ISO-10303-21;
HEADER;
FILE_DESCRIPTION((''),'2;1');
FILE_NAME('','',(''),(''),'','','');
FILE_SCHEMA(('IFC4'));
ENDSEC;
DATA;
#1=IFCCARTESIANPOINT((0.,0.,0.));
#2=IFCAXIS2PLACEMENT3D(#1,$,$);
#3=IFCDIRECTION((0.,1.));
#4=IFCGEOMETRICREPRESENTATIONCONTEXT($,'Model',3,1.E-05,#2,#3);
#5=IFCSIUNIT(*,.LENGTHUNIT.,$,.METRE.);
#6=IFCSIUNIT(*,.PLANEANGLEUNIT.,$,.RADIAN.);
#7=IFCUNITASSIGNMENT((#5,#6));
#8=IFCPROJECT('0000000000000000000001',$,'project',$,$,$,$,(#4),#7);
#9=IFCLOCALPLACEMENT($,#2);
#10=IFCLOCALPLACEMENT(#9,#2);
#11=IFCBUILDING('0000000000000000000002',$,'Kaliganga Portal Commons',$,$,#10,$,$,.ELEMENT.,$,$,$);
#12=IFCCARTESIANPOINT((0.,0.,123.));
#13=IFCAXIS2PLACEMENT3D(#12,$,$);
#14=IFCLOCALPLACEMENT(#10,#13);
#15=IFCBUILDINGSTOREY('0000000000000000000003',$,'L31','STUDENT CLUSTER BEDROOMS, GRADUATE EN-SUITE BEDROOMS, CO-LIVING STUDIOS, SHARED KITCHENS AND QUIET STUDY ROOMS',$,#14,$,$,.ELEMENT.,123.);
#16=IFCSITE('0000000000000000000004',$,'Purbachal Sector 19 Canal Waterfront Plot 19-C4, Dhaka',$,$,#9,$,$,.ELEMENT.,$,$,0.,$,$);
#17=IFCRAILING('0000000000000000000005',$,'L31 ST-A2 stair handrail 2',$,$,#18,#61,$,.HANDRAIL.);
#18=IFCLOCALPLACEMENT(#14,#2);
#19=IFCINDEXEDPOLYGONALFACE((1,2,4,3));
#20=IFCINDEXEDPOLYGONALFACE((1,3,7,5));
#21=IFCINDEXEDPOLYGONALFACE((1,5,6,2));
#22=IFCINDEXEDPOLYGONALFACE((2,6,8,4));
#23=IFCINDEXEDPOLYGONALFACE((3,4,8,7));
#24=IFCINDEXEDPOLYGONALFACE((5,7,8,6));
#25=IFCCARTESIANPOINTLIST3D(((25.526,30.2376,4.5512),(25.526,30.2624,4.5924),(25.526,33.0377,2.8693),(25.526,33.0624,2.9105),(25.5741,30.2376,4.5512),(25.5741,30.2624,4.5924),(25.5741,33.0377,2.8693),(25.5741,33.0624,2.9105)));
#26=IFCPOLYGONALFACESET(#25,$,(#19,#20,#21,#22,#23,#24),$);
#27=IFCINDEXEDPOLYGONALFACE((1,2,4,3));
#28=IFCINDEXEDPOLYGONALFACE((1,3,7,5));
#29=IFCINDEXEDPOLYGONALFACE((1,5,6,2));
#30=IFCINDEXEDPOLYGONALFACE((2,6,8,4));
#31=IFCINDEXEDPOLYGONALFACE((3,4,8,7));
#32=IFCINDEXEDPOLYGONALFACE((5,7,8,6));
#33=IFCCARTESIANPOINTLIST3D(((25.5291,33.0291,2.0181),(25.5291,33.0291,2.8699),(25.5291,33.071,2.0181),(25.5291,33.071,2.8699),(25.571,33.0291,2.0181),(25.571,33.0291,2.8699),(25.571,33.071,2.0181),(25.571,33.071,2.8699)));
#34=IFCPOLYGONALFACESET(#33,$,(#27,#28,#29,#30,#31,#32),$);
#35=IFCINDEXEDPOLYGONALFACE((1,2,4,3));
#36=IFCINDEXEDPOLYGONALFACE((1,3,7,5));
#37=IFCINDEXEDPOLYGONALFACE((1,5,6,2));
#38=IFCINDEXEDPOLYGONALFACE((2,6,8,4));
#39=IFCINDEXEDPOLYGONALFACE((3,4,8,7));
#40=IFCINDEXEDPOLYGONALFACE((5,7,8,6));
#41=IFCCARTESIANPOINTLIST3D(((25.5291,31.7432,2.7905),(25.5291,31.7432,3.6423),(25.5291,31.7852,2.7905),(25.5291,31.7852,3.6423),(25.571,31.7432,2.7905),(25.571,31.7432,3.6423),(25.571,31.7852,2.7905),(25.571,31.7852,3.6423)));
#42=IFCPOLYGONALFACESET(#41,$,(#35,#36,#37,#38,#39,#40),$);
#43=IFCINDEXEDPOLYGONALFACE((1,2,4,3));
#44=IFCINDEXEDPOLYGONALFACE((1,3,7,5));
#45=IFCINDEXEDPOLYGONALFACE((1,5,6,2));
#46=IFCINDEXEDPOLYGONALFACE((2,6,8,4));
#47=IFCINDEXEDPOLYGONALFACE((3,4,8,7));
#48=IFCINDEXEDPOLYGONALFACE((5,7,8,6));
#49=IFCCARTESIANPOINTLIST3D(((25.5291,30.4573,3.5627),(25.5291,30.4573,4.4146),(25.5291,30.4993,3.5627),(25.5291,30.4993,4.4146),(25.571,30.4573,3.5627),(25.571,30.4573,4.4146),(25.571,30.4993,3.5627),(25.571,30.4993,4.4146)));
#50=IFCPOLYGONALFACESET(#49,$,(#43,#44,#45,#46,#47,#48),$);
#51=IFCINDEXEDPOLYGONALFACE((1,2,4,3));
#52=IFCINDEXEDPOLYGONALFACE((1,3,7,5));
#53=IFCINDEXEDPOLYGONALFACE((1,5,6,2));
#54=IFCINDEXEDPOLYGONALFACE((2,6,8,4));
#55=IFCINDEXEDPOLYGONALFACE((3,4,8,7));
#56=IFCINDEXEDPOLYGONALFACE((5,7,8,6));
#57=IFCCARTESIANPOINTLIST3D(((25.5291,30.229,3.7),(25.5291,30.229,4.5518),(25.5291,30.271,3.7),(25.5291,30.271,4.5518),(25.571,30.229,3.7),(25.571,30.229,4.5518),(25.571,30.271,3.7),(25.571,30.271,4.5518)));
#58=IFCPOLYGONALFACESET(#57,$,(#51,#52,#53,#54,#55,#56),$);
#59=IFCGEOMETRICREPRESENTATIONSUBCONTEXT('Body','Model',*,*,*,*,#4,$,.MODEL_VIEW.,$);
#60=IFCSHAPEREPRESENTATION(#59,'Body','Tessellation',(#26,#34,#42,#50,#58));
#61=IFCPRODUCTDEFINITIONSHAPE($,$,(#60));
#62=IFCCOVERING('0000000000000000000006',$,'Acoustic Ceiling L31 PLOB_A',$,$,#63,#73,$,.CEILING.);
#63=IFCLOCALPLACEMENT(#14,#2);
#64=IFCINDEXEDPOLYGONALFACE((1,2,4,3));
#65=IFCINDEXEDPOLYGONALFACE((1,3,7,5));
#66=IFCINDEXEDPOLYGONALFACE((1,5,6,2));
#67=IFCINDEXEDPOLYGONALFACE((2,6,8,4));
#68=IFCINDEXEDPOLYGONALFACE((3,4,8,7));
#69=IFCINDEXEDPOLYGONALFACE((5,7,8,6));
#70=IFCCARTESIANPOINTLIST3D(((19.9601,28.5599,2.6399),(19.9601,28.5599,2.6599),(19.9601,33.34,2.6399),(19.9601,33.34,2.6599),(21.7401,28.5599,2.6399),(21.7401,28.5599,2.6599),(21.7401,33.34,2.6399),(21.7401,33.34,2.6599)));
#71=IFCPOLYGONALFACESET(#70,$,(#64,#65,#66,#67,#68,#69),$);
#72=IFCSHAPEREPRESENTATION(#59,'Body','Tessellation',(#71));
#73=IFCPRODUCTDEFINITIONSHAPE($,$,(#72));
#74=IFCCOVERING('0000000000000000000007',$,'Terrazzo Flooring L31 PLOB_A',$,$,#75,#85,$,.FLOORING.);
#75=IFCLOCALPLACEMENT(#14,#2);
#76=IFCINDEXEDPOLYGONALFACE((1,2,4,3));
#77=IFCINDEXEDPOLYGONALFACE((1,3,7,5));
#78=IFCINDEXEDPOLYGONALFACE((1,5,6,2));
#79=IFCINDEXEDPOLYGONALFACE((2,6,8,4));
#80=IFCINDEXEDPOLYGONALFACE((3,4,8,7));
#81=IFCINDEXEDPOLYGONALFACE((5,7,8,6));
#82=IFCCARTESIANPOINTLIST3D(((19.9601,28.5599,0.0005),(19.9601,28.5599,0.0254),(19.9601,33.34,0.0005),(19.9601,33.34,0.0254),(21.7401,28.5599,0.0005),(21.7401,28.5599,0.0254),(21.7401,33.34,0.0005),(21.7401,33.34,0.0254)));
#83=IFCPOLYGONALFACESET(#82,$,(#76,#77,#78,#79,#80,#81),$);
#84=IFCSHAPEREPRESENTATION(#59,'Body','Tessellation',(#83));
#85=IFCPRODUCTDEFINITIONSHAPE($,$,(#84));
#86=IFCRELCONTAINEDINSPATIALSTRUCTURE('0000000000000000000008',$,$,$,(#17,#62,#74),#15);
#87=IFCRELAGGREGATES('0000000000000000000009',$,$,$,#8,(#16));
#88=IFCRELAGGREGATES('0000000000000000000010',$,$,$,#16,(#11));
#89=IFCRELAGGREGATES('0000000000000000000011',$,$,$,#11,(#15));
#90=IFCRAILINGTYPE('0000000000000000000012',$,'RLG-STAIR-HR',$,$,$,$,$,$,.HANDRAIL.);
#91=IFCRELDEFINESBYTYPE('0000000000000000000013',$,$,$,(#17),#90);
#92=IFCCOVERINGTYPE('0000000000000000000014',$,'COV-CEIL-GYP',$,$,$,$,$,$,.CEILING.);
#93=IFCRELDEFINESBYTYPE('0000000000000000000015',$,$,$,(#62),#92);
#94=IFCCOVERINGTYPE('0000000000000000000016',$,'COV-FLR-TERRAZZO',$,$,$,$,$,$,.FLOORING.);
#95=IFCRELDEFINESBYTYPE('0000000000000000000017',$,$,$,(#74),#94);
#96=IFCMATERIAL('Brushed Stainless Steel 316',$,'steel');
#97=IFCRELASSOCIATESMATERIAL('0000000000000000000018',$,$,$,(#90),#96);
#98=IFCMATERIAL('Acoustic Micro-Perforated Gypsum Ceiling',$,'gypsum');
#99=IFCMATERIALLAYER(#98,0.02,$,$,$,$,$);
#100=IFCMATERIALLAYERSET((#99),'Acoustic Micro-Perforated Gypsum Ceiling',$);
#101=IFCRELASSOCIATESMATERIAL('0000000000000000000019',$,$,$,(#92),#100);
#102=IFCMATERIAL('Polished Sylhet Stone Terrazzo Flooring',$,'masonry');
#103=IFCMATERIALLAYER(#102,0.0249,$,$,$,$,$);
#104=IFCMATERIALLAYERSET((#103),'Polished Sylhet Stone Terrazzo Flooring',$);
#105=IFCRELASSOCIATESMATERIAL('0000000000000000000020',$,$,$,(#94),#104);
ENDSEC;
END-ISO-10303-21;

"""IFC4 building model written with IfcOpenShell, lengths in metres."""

from ifc_helpers import new_model, si_unit, direction, frame, origin, origin_2d, place, context, subcontext, project, spatial, rectangle, extrude, source, transform, mapped, material, layer, layer_set, type_object, element, save


model = new_model("IFC4")

# Units and contexts
model_context = context("Model", 3, precision=1e-05, world=origin(), true_north=direction((0.0, 1.0)))
body_context = subcontext(model_context, "Body", "Model", "MODEL_VIEW")
ifc_project = project(units=[si_unit("LENGTHUNIT", "METRE"), si_unit("PLANEANGLEUNIT", "RADIAN")], contexts=[model_context])

# Site, building, storey
site_placement = place(None, origin())
site = spatial("IfcSite", under=ifc_project, at=site_placement, Name="Purbachal Sector 19 Canal Waterfront Plot 19-C4, Dhaka", CompositionType="ELEMENT", RefElevation=0.0)
building_placement = place(site_placement, origin())
building = spatial("IfcBuilding", under=site, at=building_placement, Name="Kaliganga Portal Commons", CompositionType="ELEMENT")
storey_placement = place(building_placement, frame((0.0, 0.0, 123.0)))
storey = spatial("IfcBuildingStorey", under=building, at=storey_placement, Name="L31", Description="STUDENT CLUSTER BEDROOMS, GRADUATE EN-SUITE BEDROOMS, CO-LIVING STUDIOS, SHARED KITCHENS AND QUIET STUDY ROOMS", CompositionType="ELEMENT", Elevation=123.0)

# Railing
ifc_material_1 = material(Name="Brushed Stainless Steel 316", Category="steel")
railing_type_1 = type_object("IfcRailingType", Name="RLG-STAIR-HR", PredefinedType="HANDRAIL", material=ifc_material_1)
railing_1_placement = place(storey_placement, frame((25.55, 33.05, 2.0181)))
element("IfcRailing", 1, at=railing_1_placement, inside=storey, type_object=railing_type_1, Name="L31 ST-A2 stair handrail 2", PredefinedType="HANDRAIL", context=body_context, shape_type="SweptSolid", body=[
    extrude(rectangle(XDim=0.0481, YDim=0.0481, at=origin_2d()), frame((0.0, 0.0, 0.8718), z_axis=(0.0, -0.857242, 0.514913), x_axis=(1.0, 0.0, 0.0)), (0.0, 0.0, 1.0), 3.2664),
    extrude(rectangle(XDim=0.042, YDim=0.042, at=origin_2d()), origin(), (0.0, 0.0, 1.0), 0.8518),
    extrude(rectangle(XDim=0.042, YDim=0.042, at=origin_2d()), frame((0.0, -1.2859, 0.7725)), (0.0, 0.0, 1.0), 0.8518),
    extrude(rectangle(XDim=0.042, YDim=0.042, at=origin_2d()), frame((0.0, -2.5718, 1.5447)), (0.0, 0.0, 1.0), 0.8518),
    extrude(rectangle(XDim=0.042, YDim=0.042, at=origin_2d()), frame((0.0, -2.8, 1.6819)), (0.0, 0.0, 1.0), 0.8518),
])

# Coverings
ifc_material_2 = material(Name="Acoustic Micro-Perforated Gypsum Ceiling", Category="gypsum")
ifc_layer_1 = layer(ifc_material_2, 0.02)
ifc_layer_set_1 = layer_set([ifc_layer_1], Name="Acoustic Micro-Perforated Gypsum Ceiling")
covering_type_1 = type_object("IfcCoveringType", Name="COV-CEIL-GYP", PredefinedType="CEILING", material=ifc_layer_set_1)
shared_shape_1 = source(origin(), body_context, "Body", "SweptSolid", [
    extrude(rectangle(XDim=1.78, YDim=4.78, at=origin_2d()), origin(), (0.0, 0.0, 1.0), 0.02),
])
covering_1_placement = place(storey_placement, frame((20.8501, 30.95, 2.6399), z_axis=(0.0, 0.0, 1.0), x_axis=(1.0, 0.0, 0.0)))
element("IfcCovering", 2, at=covering_1_placement, inside=storey, type_object=covering_type_1, Name="Acoustic Ceiling L31 PLOB_A", PredefinedType="CEILING", context=body_context, shape_type="MappedRepresentation", body=[
    mapped(shared_shape_1, transform((0.0, 0.0, 0.0), x_axis=(1.0, 0.0, 0.0), y_axis=(0.0, 1.0, 0.0), z_axis=(0.0, 0.0, 1.0), scale=1.0)),
])
ifc_material_3 = material(Name="Polished Sylhet Stone Terrazzo Flooring", Category="masonry")
ifc_layer_2 = layer(ifc_material_3, 0.0249)
ifc_layer_set_2 = layer_set([ifc_layer_2], Name="Polished Sylhet Stone Terrazzo Flooring")
covering_type_2 = type_object("IfcCoveringType", Name="COV-FLR-TERRAZZO", PredefinedType="FLOORING", material=ifc_layer_set_2)
shared_shape_2 = source(origin(), body_context, "Body", "SweptSolid", [
    extrude(rectangle(XDim=1.78, YDim=4.78, at=origin_2d()), origin(), (0.0, 0.0, 1.0), 0.0249),
])
covering_2_placement = place(storey_placement, frame((20.8501, 30.95, 0.0005), z_axis=(0.0, 0.0, 1.0), x_axis=(1.0, 0.0, 0.0)))
element("IfcCovering", 3, at=covering_2_placement, inside=storey, type_object=covering_type_2, Name="Terrazzo Flooring L31 PLOB_A", PredefinedType="FLOORING", context=body_context, shape_type="MappedRepresentation", body=[
    mapped(shared_shape_2, transform((0.0, 0.0, 0.0), x_axis=(1.0, 0.0, 0.0), y_axis=(0.0, 1.0, 0.0), z_axis=(0.0, 0.0, 1.0), scale=1.0)),
])

save(model, "model.ifc")
